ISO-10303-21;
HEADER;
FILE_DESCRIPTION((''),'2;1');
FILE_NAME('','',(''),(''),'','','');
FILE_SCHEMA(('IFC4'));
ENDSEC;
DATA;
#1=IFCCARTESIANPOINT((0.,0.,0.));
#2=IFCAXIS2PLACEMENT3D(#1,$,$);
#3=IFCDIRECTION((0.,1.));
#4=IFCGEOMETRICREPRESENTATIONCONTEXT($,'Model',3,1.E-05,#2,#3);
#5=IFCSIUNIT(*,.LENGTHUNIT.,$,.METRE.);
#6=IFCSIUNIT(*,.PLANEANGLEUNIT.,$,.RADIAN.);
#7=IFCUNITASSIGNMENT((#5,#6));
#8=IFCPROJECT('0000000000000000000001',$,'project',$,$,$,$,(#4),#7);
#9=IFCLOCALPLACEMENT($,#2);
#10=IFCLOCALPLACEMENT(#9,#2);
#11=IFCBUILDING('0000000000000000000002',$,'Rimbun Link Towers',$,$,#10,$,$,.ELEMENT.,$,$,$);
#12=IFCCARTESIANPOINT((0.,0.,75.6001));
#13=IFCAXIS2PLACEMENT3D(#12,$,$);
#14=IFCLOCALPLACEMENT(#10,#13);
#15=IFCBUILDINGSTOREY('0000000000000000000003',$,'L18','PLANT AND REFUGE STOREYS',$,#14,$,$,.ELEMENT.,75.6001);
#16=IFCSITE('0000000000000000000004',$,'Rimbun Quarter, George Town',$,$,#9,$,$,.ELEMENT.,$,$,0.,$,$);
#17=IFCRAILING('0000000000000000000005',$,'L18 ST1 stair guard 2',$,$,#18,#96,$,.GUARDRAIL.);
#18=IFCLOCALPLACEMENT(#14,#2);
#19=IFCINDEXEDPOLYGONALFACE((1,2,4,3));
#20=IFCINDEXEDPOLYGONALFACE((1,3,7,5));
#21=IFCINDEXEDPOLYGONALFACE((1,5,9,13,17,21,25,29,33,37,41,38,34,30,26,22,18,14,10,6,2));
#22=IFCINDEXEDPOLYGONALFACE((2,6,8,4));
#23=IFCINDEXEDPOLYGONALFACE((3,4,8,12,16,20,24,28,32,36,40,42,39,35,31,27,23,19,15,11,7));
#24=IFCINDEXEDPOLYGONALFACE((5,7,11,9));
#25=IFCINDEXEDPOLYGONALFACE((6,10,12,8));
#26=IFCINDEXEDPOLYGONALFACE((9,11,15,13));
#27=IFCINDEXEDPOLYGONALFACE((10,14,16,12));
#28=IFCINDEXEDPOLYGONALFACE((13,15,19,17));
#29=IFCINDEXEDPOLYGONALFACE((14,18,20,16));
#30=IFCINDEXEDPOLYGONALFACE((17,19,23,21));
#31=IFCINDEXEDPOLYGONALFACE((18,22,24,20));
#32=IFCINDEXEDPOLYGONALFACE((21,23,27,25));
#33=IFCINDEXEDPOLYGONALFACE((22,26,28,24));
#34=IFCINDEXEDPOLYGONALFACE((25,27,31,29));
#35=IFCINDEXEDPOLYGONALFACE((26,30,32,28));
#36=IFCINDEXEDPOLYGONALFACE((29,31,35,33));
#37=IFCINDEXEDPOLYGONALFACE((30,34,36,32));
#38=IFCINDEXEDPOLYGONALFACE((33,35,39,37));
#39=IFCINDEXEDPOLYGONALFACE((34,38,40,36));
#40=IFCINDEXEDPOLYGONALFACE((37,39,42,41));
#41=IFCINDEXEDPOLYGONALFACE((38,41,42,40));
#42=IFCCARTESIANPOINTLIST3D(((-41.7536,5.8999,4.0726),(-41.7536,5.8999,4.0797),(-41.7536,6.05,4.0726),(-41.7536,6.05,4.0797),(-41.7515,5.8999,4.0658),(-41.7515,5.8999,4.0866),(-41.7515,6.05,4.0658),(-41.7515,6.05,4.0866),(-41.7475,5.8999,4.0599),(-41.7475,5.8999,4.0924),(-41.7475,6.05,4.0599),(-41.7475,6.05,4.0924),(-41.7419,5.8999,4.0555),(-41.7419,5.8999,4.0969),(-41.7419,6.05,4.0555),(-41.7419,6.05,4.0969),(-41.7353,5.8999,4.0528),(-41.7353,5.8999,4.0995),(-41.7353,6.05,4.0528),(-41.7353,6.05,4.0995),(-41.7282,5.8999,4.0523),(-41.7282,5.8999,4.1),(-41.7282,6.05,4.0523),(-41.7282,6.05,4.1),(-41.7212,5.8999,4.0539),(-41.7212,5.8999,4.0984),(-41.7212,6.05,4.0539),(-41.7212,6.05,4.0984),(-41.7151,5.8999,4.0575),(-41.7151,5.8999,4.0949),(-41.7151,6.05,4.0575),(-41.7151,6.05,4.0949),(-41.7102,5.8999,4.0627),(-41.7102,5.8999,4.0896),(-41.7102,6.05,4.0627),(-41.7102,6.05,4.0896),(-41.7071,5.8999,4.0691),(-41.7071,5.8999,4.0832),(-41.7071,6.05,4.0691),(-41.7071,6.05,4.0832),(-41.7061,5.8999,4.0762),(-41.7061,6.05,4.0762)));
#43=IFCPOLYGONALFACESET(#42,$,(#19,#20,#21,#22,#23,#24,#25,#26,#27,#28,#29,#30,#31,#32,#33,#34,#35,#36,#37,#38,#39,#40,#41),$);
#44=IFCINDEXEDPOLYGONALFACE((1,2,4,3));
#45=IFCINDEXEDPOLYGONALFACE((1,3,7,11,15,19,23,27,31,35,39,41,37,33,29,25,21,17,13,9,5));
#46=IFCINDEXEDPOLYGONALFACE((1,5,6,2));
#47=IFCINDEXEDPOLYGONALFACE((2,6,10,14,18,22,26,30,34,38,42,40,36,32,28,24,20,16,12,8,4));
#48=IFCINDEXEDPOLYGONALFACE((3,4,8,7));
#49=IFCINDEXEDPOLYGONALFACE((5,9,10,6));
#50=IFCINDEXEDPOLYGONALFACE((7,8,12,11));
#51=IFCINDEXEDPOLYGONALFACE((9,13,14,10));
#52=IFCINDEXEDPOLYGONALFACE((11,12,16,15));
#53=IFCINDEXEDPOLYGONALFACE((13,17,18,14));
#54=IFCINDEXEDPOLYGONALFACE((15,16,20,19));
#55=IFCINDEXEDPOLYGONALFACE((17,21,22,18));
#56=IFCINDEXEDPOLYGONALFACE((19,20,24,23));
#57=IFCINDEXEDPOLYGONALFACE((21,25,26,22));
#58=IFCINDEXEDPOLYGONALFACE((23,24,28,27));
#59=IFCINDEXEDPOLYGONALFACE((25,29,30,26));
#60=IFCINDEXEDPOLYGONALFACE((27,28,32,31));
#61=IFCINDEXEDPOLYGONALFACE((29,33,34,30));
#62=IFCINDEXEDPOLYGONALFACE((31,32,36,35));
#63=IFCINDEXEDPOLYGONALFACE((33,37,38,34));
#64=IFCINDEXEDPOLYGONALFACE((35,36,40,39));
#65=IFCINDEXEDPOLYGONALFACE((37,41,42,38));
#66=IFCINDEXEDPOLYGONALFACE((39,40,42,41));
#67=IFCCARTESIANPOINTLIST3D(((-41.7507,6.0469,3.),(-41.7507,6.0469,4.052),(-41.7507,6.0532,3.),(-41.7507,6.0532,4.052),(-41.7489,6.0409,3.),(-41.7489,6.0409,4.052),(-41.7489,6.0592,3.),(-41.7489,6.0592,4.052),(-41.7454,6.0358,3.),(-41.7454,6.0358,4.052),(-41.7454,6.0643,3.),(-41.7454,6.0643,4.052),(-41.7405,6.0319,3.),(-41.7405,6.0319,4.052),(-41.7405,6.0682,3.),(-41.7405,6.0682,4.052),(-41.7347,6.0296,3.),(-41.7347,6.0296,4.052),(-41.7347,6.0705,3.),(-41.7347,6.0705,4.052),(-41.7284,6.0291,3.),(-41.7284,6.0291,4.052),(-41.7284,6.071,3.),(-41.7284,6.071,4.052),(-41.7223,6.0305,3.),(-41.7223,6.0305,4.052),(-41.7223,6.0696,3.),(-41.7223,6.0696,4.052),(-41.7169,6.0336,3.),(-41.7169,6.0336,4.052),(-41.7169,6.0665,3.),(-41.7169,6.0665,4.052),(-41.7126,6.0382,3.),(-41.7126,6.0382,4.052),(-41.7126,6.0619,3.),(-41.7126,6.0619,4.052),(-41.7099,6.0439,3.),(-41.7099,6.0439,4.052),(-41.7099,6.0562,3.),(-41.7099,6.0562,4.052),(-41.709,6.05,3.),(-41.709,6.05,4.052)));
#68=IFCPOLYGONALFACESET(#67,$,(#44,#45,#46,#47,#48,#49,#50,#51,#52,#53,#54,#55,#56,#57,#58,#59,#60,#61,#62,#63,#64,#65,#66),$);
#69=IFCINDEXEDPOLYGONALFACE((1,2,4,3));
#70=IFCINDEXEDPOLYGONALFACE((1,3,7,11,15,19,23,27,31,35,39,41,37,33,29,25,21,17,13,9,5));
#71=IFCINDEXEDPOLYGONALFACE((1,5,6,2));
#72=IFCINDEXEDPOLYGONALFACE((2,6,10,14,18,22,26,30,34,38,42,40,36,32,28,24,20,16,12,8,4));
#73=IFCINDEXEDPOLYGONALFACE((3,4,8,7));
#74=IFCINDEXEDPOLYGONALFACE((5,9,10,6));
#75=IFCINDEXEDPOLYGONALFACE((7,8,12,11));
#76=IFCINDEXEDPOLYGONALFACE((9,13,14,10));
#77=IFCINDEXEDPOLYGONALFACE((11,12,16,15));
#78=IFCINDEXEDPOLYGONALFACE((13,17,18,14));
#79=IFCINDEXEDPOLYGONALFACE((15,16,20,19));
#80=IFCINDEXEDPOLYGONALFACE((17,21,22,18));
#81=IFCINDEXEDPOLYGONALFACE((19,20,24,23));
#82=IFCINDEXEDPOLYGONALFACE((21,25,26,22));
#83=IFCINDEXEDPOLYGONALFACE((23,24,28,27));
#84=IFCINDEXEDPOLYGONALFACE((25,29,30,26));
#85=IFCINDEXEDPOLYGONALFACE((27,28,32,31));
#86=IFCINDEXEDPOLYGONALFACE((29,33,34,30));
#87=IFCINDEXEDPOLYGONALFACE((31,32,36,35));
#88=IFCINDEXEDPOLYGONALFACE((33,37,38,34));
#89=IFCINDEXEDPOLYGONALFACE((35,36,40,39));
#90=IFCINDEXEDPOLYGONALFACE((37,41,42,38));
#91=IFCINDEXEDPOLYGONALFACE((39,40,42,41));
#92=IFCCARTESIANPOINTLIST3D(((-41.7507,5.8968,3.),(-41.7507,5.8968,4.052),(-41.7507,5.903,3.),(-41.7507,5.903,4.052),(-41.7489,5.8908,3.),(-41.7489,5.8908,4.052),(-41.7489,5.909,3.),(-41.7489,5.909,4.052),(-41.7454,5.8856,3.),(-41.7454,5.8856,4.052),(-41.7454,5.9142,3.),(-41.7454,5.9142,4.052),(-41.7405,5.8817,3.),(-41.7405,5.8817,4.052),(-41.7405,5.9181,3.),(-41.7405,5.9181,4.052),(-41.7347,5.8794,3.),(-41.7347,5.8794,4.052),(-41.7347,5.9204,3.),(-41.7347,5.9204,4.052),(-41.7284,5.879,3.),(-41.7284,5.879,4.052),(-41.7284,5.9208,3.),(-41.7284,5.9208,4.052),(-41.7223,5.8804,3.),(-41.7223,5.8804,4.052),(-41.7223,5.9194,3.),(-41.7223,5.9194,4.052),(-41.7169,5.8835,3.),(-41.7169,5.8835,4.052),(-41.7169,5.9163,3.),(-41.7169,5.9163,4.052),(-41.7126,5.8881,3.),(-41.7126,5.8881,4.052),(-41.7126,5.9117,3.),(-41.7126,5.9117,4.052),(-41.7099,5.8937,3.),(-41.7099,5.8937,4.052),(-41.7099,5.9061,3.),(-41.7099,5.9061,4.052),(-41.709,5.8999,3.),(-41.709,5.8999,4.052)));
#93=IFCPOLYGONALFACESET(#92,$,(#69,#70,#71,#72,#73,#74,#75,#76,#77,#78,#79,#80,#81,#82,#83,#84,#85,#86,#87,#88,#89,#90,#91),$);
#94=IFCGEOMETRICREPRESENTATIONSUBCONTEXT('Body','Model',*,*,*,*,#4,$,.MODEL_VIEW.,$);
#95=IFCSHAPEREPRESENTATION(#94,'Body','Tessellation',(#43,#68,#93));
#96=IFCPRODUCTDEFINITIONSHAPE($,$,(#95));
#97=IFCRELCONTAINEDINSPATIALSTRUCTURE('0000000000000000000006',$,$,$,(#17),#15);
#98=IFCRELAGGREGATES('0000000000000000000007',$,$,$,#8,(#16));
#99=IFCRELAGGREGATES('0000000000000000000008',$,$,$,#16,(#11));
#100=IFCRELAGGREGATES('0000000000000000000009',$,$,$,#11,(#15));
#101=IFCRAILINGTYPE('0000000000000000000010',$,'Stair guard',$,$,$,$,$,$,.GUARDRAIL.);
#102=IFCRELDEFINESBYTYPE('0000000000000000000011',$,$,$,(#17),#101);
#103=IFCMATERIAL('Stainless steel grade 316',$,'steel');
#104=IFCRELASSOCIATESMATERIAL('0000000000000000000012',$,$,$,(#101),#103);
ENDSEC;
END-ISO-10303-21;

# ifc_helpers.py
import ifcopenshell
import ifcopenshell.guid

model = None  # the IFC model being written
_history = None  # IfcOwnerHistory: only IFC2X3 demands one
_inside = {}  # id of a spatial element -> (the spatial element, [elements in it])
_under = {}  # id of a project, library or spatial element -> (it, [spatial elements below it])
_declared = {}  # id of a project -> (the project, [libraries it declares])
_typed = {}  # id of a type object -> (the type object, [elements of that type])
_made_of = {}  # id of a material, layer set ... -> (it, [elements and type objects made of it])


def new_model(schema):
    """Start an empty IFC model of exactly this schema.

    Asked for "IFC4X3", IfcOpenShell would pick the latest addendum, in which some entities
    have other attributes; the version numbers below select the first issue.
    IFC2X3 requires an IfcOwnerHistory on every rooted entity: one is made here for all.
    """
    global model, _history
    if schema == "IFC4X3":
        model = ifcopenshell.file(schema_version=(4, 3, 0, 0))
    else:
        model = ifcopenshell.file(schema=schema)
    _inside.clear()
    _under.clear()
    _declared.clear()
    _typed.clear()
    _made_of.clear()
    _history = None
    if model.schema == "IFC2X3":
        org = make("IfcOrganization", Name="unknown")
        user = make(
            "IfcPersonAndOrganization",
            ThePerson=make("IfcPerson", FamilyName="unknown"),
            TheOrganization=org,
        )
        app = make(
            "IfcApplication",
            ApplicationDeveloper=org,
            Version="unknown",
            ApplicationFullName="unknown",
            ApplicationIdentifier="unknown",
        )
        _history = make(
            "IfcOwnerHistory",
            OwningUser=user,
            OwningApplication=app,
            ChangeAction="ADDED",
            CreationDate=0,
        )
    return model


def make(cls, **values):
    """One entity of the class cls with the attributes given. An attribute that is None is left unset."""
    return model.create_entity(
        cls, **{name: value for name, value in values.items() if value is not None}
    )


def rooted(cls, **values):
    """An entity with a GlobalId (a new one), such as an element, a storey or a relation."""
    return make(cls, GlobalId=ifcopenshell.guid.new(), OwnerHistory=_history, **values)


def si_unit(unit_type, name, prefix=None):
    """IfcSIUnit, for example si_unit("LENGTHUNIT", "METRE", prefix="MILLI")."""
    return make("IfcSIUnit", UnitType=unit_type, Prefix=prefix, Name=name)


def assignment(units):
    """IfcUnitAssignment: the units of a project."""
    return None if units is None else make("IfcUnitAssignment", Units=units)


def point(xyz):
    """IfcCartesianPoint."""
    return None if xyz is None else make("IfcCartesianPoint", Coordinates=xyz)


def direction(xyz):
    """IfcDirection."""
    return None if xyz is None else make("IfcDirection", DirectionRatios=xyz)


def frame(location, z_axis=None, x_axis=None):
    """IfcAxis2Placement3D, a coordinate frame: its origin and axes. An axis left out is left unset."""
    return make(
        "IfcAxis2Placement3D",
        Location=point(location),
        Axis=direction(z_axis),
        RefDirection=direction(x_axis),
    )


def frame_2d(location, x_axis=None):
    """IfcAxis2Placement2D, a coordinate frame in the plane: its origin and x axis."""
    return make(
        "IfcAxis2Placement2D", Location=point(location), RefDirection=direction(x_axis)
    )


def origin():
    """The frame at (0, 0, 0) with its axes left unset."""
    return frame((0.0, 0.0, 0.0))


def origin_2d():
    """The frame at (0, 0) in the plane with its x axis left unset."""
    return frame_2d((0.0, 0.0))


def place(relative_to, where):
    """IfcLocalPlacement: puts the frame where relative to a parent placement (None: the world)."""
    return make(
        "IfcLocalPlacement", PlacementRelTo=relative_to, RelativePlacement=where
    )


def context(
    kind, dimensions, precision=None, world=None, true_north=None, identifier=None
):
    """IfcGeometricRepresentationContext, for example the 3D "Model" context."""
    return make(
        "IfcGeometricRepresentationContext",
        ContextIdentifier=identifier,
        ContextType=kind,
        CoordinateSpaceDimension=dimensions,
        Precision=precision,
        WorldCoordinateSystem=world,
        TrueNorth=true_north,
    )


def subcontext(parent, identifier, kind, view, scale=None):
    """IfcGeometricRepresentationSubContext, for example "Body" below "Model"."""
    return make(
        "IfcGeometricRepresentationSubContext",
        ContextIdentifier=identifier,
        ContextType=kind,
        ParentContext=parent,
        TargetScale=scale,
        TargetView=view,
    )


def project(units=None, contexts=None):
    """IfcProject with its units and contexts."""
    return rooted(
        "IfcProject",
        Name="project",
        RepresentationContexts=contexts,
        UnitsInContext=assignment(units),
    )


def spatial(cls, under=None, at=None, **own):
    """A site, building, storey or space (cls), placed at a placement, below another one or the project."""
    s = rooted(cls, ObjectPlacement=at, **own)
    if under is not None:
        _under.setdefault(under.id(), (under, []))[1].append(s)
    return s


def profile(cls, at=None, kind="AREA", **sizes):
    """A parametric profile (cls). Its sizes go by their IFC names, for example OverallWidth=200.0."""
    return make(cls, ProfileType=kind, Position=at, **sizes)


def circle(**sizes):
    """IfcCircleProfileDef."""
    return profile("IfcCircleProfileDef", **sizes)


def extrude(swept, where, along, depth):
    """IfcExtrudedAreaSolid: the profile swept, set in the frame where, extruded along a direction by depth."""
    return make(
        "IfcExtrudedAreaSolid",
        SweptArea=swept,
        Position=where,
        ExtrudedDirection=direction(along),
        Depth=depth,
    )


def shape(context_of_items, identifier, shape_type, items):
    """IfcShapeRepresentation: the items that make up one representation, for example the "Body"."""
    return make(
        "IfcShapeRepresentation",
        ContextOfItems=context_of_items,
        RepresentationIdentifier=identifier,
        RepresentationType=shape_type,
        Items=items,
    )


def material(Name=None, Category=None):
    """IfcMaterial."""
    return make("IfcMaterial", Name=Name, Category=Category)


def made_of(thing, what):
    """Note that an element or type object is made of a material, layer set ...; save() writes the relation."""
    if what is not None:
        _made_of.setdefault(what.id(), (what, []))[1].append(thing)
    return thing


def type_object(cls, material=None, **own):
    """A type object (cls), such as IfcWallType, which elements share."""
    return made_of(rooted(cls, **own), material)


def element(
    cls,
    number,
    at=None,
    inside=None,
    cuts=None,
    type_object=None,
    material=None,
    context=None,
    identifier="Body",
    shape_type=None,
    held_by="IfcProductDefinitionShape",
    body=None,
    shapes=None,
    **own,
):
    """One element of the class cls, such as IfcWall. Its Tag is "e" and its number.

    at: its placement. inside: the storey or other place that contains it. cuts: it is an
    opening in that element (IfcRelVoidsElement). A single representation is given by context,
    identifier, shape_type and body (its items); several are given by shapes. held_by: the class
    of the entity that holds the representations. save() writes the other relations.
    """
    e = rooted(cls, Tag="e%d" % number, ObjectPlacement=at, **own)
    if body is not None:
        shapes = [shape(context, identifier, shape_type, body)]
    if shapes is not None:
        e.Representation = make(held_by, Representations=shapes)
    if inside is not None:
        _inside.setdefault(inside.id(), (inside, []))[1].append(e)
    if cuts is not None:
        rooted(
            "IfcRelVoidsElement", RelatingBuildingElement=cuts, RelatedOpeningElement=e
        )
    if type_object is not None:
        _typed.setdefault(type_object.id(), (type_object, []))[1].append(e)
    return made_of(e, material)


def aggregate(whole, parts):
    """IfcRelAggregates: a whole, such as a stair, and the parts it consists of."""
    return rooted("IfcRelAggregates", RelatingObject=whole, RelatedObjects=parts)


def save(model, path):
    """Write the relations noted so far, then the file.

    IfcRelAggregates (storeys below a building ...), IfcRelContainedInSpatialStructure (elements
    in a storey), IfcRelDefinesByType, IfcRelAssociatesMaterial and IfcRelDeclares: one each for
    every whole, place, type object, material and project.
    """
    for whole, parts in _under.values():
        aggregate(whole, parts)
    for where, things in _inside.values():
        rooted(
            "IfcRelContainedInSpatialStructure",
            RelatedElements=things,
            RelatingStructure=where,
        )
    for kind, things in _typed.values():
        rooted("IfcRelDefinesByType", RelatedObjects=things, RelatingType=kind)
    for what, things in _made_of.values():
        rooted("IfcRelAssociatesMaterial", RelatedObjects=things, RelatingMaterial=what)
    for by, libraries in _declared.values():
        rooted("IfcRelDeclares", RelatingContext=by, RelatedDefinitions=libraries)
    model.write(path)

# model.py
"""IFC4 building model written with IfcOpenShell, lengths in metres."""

from ifc_helpers import new_model, si_unit, direction, frame, origin, origin_2d, place, context, subcontext, project, spatial, circle, extrude, material, type_object, element, save


model = new_model("IFC4")

# Units and contexts
model_context = context("Model", 3, precision=1e-05, world=origin(), true_north=direction((0.0, 1.0)))
body_context = subcontext(model_context, "Body", "Model", "MODEL_VIEW")
ifc_project = project(units=[si_unit("LENGTHUNIT", "METRE"), si_unit("PLANEANGLEUNIT", "RADIAN")], contexts=[model_context])

# Site, building, storey
site_placement = place(None, origin())
site = spatial("IfcSite", under=ifc_project, at=site_placement, Name="Rimbun Quarter, George Town", CompositionType="ELEMENT", RefElevation=0.0)
building_placement = place(site_placement, origin())
building = spatial("IfcBuilding", under=site, at=building_placement, Name="Rimbun Link Towers", CompositionType="ELEMENT")
storey_placement = place(building_placement, frame((0.0, 0.0, 75.6001)))
storey = spatial("IfcBuildingStorey", under=building, at=storey_placement, Name="L18", Description="PLANT AND REFUGE STOREYS", CompositionType="ELEMENT", Elevation=75.6001)

# Railing
ifc_material_1 = material(Name="Stainless steel grade 316", Category="steel")
railing_type_1 = type_object("IfcRailingType", Name="Stair guard", PredefinedType="GUARDRAIL", material=ifc_material_1)
railing_1_placement = place(storey_placement, frame((-41.73, 6.05, 3.0)))
element("IfcRailing", 1, at=railing_1_placement, inside=storey, type_object=railing_type_1, Name="L18 ST1 stair guard 2", PredefinedType="GUARDRAIL", context=body_context, shape_type="SweptSolid", body=[
    extrude(circle(Radius=0.0239, at=origin_2d()), frame((0.0, 0.0, 1.0762), z_axis=(0.0, -1.0, 0.0), x_axis=(1.0, 0.0, 0.0)), (0.0, 0.0, 1.0), 0.1501),
    extrude(circle(Radius=0.021, at=origin_2d()), origin(), (0.0, 0.0, 1.0), 1.052),
    extrude(circle(Radius=0.021, at=origin_2d()), frame((0.0, -0.1501, 0.0)), (0.0, 0.0, 1.0), 1.052),
])

save(model, "model.ifc")
